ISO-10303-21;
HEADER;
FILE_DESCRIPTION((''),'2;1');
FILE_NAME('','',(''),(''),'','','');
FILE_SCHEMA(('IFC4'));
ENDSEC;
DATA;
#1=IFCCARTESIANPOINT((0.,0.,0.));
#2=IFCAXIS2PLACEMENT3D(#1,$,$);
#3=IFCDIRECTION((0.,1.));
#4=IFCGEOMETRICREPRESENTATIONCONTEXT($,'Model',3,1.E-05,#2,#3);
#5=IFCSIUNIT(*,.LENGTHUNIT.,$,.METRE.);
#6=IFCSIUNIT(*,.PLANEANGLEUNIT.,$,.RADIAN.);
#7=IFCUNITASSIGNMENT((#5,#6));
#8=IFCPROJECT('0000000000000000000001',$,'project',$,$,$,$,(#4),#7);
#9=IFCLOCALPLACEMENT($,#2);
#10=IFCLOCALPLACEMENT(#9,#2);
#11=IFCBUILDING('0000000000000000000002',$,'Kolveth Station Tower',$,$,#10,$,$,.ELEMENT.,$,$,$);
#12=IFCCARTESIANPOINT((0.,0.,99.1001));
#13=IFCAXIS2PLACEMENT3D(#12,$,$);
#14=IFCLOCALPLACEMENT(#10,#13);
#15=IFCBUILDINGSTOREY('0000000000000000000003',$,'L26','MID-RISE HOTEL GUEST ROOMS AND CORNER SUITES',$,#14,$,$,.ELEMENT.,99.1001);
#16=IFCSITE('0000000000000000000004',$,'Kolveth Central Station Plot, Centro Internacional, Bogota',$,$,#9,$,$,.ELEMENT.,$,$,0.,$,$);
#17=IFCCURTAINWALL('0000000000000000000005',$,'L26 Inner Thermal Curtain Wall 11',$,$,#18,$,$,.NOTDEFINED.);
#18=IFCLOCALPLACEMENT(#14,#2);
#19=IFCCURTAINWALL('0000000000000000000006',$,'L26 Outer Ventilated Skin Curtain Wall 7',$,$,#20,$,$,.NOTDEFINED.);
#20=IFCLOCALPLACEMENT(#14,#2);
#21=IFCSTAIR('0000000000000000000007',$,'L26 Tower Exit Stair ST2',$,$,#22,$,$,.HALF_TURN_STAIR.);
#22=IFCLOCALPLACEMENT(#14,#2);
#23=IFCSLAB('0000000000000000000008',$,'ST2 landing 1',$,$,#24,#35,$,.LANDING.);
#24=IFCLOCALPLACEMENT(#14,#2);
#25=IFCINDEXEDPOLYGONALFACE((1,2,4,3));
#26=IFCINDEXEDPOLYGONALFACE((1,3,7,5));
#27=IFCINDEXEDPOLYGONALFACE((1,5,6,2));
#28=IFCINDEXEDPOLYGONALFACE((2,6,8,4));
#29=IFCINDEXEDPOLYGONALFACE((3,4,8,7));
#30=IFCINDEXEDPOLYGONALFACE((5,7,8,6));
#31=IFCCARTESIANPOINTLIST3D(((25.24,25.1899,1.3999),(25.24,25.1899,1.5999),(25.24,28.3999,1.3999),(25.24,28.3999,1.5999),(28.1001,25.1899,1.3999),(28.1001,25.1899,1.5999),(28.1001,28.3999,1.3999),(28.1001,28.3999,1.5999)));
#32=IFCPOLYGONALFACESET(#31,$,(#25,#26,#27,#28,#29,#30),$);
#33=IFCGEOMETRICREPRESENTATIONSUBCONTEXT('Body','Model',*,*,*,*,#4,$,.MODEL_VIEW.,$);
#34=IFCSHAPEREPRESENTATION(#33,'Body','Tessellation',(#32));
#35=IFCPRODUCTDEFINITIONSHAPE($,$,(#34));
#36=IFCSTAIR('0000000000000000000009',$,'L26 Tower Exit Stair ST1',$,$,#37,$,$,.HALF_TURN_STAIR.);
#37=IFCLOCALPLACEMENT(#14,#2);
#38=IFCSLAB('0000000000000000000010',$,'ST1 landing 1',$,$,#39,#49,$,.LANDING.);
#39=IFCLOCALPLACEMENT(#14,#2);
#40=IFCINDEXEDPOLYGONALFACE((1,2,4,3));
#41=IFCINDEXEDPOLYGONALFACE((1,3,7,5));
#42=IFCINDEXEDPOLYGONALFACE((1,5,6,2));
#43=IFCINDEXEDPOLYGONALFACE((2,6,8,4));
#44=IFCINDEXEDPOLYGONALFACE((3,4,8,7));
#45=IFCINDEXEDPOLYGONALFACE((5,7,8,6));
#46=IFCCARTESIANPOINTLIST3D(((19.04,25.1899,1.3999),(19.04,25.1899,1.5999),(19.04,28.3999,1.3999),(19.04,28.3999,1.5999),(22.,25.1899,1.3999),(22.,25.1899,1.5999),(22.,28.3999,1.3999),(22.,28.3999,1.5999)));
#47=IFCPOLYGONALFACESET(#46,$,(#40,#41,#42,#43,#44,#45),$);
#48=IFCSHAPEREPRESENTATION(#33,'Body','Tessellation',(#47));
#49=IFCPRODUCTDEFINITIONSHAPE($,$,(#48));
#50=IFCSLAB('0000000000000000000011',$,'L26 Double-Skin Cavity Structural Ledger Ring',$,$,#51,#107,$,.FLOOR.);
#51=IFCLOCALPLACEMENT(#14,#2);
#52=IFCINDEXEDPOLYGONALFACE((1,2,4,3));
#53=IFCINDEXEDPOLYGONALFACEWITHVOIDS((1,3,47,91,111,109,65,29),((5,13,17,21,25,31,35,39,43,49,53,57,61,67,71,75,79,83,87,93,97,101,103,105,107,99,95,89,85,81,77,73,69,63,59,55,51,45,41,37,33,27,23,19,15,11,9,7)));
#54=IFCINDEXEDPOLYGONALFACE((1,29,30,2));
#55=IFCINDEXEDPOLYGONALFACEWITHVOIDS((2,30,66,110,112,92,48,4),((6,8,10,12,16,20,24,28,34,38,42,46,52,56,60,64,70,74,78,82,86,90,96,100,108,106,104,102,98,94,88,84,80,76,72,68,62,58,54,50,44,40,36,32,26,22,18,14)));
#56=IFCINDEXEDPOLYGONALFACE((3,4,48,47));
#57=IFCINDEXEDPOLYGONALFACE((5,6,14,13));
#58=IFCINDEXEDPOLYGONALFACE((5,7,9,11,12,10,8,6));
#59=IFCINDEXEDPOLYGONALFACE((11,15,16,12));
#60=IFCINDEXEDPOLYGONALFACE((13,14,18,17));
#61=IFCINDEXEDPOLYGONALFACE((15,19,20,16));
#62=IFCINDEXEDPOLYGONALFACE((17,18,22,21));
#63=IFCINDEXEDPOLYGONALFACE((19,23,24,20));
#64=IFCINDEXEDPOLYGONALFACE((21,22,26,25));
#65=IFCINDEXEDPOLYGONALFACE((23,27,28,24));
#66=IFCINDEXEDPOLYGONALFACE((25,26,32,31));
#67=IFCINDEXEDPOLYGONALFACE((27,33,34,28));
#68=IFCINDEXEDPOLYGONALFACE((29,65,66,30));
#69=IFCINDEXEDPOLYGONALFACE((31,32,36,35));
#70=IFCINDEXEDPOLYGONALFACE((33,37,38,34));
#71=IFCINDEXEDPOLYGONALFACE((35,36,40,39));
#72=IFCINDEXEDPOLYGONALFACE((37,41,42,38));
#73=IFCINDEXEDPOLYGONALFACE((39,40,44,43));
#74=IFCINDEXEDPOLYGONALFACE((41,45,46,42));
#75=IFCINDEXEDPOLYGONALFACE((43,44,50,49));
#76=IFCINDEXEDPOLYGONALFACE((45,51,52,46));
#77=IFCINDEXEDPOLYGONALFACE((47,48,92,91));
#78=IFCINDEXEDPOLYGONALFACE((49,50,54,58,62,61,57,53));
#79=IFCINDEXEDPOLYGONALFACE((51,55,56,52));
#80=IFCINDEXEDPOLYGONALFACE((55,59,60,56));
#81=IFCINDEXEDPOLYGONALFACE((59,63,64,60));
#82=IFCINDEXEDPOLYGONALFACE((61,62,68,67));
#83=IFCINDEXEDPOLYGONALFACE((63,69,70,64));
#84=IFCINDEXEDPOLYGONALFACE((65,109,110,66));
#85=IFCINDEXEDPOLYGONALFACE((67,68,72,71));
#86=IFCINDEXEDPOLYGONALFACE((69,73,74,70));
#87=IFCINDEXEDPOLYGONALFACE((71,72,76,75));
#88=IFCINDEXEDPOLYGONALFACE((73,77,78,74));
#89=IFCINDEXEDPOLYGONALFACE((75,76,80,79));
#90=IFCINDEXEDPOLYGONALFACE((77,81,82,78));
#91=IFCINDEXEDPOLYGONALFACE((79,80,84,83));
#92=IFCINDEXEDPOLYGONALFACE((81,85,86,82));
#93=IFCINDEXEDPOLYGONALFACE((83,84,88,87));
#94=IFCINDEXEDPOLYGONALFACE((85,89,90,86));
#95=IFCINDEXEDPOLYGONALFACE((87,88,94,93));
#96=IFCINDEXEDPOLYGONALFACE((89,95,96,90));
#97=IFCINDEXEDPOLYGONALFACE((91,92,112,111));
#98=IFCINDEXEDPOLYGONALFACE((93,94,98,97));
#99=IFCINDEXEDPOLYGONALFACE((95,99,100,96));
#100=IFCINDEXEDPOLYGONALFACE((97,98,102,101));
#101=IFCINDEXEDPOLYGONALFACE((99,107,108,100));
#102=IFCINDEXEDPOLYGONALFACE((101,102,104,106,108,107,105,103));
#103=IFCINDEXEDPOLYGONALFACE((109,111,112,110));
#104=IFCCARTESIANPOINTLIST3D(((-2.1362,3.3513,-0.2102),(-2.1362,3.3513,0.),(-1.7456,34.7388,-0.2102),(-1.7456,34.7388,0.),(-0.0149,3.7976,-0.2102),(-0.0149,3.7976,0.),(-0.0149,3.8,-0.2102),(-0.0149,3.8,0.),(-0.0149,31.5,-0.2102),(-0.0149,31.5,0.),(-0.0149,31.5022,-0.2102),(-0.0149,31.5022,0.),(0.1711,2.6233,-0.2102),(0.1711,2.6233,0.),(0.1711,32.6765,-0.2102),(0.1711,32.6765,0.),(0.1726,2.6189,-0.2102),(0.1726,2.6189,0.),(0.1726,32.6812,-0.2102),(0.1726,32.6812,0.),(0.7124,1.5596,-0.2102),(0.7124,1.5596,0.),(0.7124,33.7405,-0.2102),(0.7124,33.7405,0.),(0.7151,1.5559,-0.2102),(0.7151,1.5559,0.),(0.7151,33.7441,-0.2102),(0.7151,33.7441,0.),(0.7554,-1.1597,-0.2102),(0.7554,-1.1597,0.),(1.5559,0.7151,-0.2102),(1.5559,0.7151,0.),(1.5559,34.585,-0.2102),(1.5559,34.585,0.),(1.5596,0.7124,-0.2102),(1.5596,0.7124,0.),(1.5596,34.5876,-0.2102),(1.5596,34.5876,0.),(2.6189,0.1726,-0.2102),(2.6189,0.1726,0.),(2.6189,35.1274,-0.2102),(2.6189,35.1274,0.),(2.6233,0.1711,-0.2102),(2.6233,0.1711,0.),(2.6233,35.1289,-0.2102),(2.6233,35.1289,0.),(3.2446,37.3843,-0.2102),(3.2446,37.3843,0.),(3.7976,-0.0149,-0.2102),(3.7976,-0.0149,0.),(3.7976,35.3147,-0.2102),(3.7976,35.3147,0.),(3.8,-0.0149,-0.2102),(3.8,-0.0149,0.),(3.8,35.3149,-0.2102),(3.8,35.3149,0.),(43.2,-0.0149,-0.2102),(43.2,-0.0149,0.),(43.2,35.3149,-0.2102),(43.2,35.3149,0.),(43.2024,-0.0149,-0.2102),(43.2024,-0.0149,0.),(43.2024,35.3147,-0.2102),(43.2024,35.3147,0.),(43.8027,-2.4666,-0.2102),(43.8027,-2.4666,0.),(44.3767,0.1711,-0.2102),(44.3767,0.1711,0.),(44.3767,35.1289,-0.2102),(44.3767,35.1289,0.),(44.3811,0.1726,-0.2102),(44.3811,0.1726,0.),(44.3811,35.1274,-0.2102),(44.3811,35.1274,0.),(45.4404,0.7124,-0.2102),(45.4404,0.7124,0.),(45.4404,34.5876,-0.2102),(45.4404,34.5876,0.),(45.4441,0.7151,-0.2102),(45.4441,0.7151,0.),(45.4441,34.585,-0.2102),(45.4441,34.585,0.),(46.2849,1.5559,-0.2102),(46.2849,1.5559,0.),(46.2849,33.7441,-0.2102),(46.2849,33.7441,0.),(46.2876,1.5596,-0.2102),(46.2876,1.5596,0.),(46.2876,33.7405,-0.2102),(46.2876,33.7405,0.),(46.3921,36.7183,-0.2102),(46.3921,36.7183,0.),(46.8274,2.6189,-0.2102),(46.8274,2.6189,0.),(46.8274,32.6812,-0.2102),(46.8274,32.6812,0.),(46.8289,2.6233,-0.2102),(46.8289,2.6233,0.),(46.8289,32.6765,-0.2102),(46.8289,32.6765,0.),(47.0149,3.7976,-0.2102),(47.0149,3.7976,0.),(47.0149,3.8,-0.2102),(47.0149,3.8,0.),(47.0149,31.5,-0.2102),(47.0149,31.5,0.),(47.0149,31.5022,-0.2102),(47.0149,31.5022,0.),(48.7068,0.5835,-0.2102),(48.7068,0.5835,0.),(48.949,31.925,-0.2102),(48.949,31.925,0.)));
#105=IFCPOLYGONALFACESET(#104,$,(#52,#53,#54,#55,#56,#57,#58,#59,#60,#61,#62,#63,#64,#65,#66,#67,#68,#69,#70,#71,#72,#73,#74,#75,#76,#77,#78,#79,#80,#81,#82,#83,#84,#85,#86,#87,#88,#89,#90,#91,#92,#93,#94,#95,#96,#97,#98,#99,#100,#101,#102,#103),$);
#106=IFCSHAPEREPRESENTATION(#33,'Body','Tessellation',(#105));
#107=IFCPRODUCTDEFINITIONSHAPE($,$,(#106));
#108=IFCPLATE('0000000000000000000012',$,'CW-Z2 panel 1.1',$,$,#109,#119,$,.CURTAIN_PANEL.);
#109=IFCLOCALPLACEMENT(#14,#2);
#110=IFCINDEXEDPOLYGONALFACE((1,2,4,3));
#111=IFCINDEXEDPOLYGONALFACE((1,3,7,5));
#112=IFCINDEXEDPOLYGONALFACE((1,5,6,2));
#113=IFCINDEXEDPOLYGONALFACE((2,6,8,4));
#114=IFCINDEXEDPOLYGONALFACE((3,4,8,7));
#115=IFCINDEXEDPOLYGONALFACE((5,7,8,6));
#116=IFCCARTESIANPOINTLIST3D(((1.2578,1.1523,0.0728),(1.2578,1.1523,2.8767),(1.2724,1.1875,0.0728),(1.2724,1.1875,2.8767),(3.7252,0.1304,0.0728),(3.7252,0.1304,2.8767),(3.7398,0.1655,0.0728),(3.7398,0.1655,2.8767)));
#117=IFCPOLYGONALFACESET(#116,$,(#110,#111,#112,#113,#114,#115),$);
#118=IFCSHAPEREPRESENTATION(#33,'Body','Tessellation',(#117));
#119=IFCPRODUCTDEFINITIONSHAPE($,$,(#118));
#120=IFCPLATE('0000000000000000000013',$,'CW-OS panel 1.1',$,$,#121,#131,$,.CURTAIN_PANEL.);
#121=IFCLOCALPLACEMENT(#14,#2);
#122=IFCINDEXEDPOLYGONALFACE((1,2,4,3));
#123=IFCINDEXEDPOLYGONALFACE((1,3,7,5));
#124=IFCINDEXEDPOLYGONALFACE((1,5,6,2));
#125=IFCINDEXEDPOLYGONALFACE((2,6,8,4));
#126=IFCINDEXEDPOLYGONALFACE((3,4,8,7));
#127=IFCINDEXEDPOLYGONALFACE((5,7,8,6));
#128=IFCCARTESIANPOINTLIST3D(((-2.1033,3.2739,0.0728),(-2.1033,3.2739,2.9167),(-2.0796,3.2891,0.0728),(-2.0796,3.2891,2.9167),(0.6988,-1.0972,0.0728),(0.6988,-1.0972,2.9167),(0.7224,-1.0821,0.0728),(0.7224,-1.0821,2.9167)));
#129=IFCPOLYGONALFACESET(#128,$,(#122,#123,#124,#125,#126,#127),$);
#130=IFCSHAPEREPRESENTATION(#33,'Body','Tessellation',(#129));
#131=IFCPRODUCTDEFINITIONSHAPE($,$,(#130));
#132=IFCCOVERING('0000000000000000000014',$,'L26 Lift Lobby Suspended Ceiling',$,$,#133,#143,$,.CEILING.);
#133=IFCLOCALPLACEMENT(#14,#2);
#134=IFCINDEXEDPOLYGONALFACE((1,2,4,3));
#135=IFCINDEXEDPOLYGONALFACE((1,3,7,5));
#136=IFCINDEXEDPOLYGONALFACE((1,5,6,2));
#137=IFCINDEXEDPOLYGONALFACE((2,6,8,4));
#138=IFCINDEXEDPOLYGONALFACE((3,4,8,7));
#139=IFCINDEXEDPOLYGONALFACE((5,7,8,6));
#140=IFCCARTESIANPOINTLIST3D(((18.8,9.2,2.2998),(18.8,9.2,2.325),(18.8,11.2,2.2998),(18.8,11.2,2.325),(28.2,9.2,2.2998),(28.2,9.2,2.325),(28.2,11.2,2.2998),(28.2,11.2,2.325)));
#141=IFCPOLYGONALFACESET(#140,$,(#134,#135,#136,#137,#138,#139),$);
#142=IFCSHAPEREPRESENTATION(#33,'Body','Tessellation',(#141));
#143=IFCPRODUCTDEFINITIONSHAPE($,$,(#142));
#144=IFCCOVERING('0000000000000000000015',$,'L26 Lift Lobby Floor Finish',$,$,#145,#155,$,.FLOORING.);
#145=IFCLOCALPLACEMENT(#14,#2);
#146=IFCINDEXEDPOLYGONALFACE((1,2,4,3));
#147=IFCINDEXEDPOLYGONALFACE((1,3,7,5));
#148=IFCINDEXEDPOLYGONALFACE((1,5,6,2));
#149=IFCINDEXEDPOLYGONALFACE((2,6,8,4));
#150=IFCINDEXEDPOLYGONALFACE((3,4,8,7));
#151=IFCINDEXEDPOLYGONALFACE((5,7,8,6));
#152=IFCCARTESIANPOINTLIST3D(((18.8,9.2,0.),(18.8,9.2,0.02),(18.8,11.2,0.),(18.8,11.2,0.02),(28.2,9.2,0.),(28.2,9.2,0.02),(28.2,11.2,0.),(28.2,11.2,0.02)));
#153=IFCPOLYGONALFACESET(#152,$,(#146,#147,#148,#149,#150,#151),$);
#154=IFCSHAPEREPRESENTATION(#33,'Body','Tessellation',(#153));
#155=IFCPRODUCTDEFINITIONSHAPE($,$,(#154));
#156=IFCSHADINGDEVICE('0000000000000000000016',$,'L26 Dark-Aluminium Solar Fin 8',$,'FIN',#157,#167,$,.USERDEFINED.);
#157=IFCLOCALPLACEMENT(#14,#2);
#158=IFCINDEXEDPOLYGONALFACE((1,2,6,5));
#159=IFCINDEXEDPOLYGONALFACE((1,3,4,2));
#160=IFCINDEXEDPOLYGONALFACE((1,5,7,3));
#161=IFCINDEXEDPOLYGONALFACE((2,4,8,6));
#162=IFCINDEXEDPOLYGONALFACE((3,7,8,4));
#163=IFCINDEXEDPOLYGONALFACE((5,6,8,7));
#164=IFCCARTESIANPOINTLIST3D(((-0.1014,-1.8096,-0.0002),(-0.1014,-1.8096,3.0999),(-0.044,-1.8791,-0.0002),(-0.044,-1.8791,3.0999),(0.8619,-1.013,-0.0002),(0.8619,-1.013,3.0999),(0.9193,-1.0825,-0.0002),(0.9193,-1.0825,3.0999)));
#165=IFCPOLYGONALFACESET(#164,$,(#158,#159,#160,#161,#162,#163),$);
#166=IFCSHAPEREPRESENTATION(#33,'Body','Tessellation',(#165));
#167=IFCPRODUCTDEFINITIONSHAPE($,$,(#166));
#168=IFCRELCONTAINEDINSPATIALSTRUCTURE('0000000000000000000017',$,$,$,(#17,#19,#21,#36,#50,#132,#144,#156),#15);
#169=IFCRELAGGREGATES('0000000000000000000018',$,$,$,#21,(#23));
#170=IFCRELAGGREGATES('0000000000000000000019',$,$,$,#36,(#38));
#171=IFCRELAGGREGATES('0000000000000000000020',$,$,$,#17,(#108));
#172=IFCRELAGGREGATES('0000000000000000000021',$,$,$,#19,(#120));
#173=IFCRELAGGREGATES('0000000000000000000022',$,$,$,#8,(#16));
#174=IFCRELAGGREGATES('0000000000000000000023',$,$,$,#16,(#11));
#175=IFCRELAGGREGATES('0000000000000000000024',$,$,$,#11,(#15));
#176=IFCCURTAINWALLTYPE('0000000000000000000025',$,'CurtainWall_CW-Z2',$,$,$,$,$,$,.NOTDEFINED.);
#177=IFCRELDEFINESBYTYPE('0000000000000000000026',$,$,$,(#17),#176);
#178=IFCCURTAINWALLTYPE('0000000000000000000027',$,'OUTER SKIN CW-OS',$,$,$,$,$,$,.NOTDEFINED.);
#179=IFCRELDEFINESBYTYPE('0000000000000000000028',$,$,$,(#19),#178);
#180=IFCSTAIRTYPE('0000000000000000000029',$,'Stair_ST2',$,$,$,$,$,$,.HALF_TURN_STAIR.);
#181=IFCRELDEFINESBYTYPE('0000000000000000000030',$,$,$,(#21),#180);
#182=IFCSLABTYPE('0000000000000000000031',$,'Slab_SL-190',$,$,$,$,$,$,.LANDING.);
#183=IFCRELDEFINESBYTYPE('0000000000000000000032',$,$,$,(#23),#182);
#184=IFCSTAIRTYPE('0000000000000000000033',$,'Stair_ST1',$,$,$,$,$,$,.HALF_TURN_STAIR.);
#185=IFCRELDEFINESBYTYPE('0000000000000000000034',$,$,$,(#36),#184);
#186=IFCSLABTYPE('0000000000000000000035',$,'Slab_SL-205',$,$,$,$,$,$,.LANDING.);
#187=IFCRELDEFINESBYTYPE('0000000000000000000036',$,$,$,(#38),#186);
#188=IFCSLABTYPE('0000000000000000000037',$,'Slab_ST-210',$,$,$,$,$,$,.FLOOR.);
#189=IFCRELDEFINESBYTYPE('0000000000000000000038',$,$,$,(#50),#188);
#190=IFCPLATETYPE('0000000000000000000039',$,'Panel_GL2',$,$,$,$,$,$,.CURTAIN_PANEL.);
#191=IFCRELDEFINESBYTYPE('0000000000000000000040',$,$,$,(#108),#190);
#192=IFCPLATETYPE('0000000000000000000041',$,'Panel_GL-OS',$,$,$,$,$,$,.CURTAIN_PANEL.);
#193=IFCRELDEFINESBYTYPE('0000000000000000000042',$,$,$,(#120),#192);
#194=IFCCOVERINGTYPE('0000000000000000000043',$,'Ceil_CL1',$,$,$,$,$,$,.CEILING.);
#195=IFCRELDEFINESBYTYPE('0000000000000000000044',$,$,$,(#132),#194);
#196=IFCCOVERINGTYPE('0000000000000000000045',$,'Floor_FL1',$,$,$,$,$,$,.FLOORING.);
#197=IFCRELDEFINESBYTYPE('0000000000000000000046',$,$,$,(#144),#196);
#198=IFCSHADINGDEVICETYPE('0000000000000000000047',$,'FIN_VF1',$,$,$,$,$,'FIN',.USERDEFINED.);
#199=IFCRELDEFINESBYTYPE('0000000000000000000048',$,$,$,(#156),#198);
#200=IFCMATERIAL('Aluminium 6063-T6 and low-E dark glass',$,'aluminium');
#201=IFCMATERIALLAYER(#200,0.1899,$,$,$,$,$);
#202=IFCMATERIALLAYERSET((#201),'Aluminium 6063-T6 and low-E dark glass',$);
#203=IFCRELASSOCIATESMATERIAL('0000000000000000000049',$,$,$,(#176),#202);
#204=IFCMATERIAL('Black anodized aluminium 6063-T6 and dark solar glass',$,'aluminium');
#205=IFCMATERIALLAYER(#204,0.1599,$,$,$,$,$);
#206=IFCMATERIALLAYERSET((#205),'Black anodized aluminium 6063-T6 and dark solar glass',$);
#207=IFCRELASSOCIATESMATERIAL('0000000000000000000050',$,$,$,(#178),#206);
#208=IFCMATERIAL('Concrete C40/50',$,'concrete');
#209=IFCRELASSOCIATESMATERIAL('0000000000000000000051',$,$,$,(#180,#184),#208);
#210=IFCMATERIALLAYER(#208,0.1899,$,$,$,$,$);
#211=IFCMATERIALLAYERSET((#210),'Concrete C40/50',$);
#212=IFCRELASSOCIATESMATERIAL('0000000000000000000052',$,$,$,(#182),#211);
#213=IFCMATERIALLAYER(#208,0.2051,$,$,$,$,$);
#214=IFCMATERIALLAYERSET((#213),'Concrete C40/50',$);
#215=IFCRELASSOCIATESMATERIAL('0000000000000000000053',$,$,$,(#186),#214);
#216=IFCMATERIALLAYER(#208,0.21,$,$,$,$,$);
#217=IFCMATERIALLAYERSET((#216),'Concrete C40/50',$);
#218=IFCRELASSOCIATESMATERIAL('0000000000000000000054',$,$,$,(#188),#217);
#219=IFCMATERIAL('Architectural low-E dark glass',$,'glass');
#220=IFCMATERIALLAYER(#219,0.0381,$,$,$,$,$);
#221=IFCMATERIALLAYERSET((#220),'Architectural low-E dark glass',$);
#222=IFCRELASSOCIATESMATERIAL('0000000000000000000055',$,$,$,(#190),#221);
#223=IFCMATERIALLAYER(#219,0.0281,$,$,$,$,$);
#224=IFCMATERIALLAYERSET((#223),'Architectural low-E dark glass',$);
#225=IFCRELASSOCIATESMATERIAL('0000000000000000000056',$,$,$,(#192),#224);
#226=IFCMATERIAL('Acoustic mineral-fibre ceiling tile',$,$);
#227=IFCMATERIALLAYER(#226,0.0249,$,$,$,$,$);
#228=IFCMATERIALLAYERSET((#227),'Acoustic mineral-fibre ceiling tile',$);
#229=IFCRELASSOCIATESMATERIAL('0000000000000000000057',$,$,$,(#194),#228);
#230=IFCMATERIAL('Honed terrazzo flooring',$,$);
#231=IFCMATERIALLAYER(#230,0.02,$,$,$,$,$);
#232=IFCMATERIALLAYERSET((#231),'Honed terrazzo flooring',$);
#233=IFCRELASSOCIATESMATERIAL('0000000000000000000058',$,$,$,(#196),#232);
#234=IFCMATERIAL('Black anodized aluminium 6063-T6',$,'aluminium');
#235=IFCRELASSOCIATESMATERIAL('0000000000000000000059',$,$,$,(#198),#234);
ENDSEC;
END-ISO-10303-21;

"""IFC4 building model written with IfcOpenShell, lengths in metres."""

from ifc_helpers import new_model, si_unit, direction, frame, origin, origin_2d, place, context, subcontext, project, spatial, polyline, rectangle, outline, extrude, source, transform, mapped, material, layer, layer_set, type_object, element, aggregate, save


model = new_model("IFC4")

# Units and contexts
model_context = context("Model", 3, precision=1e-05, world=origin(), true_north=direction((0.0, 1.0)))
body_context = subcontext(model_context, "Body", "Model", "MODEL_VIEW")
ifc_project = project(units=[si_unit("LENGTHUNIT", "METRE"), si_unit("PLANEANGLEUNIT", "RADIAN")], contexts=[model_context])

# Site, building, storey
site_placement = place(None, origin())
site = spatial("IfcSite", under=ifc_project, at=site_placement, Name="Kolveth Central Station Plot, Centro Internacional, Bogota", CompositionType="ELEMENT", RefElevation=0.0)
building_placement = place(site_placement, origin())
building = spatial("IfcBuilding", under=site, at=building_placement, Name="Kolveth Station Tower", CompositionType="ELEMENT")
storey_placement = place(building_placement, frame((0.0, 0.0, 99.1001)))
storey = spatial("IfcBuildingStorey", under=building, at=storey_placement, Name="L26", Description="MID-RISE HOTEL GUEST ROOMS AND CORNER SUITES", CompositionType="ELEMENT", Elevation=99.1001)

# Shared definitions
ifc_material_1 = material(Name="Aluminium 6063-T6 and low-E dark glass", Category="aluminium")
ifc_layer_1 = layer(ifc_material_1, 0.1899)
ifc_layer_set_1 = layer_set([ifc_layer_1], Name="Aluminium 6063-T6 and low-E dark glass")
curtain_wall_type_1 = type_object("IfcCurtainWallType", Name="CurtainWall_CW-Z2", PredefinedType="NOTDEFINED", material=ifc_layer_set_1)
ifc_material_2 = material(Name="Black anodized aluminium 6063-T6", Category="aluminium")

# Curtain wall
curtain_wall_1_placement = place(storey_placement, origin())
curtain_wall_1 = element("IfcCurtainWall", 1, at=curtain_wall_1_placement, inside=storey, type_object=curtain_wall_type_1, Name="L26 Inner Thermal Curtain Wall 11", PredefinedType="NOTDEFINED")

# Curtain wall
ifc_material_3 = material(Name="Black anodized aluminium 6063-T6 and dark solar glass", Category="aluminium")
ifc_layer_2 = layer(ifc_material_3, 0.1599)
ifc_layer_set_2 = layer_set([ifc_layer_2], Name="Black anodized aluminium 6063-T6 and dark solar glass")
curtain_wall_type_2 = type_object("IfcCurtainWallType", Name="OUTER SKIN CW-OS", PredefinedType="NOTDEFINED", material=ifc_layer_set_2)
curtain_wall_2_placement = place(storey_placement, origin())
curtain_wall_2 = element("IfcCurtainWall", 2, at=curtain_wall_2_placement, inside=storey, type_object=curtain_wall_type_2, Name="L26 Outer Ventilated Skin Curtain Wall 7", PredefinedType="NOTDEFINED")

# Shared definitions
ifc_material_4 = material(Name="Concrete C40/50", Category="concrete")

# Stairs, slabs
stair_type_1 = type_object("IfcStairType", Name="Stair_ST2", PredefinedType="HALF_TURN_STAIR", material=ifc_material_4)
stair_1_placement = place(storey_placement, origin())
stair_1 = element("IfcStair", 3, at=stair_1_placement, inside=storey, type_object=stair_type_1, Name="L26 Tower Exit Stair ST2", PredefinedType="HALF_TURN_STAIR")
ifc_layer_3 = layer(ifc_material_4, 0.1899)
ifc_layer_set_3 = layer_set([ifc_layer_3], Name="Concrete C40/50")
slab_type_1 = type_object("IfcSlabType", Name="Slab_SL-190", PredefinedType="LANDING", material=ifc_layer_set_3)
slab_1_placement = place(storey_placement, frame((0.0, 0.0, 1.3999)))
slab_1 = element("IfcSlab", 4, at=slab_1_placement, type_object=slab_type_1, Name="ST2 landing 1", PredefinedType="LANDING", context=body_context, shape_type="SweptSolid", body=[
    extrude(outline(polyline([(28.1001, 25.1899), (28.1001, 28.3999), (25.24, 28.3999), (25.24, 25.1899), (28.1001, 25.1899)])), origin(), (0.0, 0.0, 1.0), 0.2),
])
aggregate(stair_1, [slab_1])
stair_type_2 = type_object("IfcStairType", Name="Stair_ST1", PredefinedType="HALF_TURN_STAIR", material=ifc_material_4)
stair_2_placement = place(storey_placement, origin())
stair_2 = element("IfcStair", 5, at=stair_2_placement, inside=storey, type_object=stair_type_2, Name="L26 Tower Exit Stair ST1", PredefinedType="HALF_TURN_STAIR")
ifc_layer_4 = layer(ifc_material_4, 0.2051)
ifc_layer_set_4 = layer_set([ifc_layer_4], Name="Concrete C40/50")
slab_type_2 = type_object("IfcSlabType", Name="Slab_SL-205", PredefinedType="LANDING", material=ifc_layer_set_4)
slab_2_placement = place(storey_placement, frame((0.0, 0.0, 1.3999)))
slab_2 = element("IfcSlab", 6, at=slab_2_placement, type_object=slab_type_2, Name="ST1 landing 1", PredefinedType="LANDING", context=body_context, shape_type="SweptSolid", body=[
    extrude(outline(polyline([(22.0, 25.1899), (22.0, 28.3999), (19.04, 28.3999), (19.04, 25.1899), (22.0, 25.1899)])), origin(), (0.0, 0.0, 1.0), 0.2),
])
aggregate(stair_2, [slab_2])

# Slab
ifc_layer_5 = layer(ifc_material_4, 0.21)
ifc_layer_set_5 = layer_set([ifc_layer_5], Name="Concrete C40/50")
slab_type_3 = type_object("IfcSlabType", Name="Slab_ST-210", PredefinedType="FLOOR", material=ifc_layer_set_5)
slab_3_placement = place(storey_placement, frame((0.0, 0.0, -0.2102)))
element("IfcSlab", 7, at=slab_3_placement, inside=storey, type_object=slab_type_3, Name="L26 Double-Skin Cavity Structural Ledger Ring", PredefinedType="FLOOR", context=body_context, shape_type="SweptSolid", body=[
    extrude(outline(polyline([(0.7554, -1.1597), (-2.1362, 3.3513), (-1.7456, 34.7388), (3.2446, 37.3843), (46.3921, 36.7183), (48.949, 31.925), (48.7068, 0.5835), (43.8027, -2.4666), (0.7554, -1.1597)]), holes=[polyline([(43.2024, -0.0149), (44.3767, 0.1711), (44.3811, 0.1726), (45.4404, 0.7124), (45.4441, 0.7151), (46.2849, 1.5559), (46.2876, 1.5596), (46.8274, 2.6189), (46.8289, 2.6233), (47.0149, 3.7976), (47.0149, 3.8), (47.0149, 31.5), (47.0149, 31.5022), (46.8289, 32.6765), (46.8274, 32.6812), (46.2876, 33.7405), (46.2849, 33.7441), (45.4441, 34.585), (45.4404, 34.5876), (44.3811, 35.1274), (44.3767, 35.1289), (43.2024, 35.3147), (43.2, 35.3149), (3.8, 35.3149), (3.7976, 35.3147), (2.6233, 35.1289), (2.6189, 35.1274), (1.5596, 34.5876), (1.5559, 34.585), (0.7151, 33.7441), (0.7124, 33.7405), (0.1726, 32.6812), (0.1711, 32.6765), (-0.0149, 31.5022), (-0.0149, 31.5), (-0.0149, 3.8), (-0.0149, 3.7976), (0.1711, 2.6233), (0.1726, 2.6189), (0.7124, 1.5596), (0.7151, 1.5559), (1.5559, 0.7151), (1.5596, 0.7124), (2.6189, 0.1726), (2.6233, 0.1711), (3.7976, -0.0149), (3.8, -0.0149), (43.2, -0.0149), (43.2024, -0.0149)])]), origin(), (0.0, 0.0, 1.0), 0.2102),
])

# Plates
ifc_material_5 = material(Name="Architectural low-E dark glass", Category="glass")
ifc_layer_6 = layer(ifc_material_5, 0.0381)
ifc_layer_set_6 = layer_set([ifc_layer_6], Name="Architectural low-E dark glass")
plate_type_1 = type_object("IfcPlateType", Name="Panel_GL2", PredefinedType="CURTAIN_PANEL", material=ifc_layer_set_6)
shared_shape_1 = source(origin(), body_context, "Body", "SweptSolid", [
    extrude(rectangle(XDim=2.6707, YDim=0.0381, at=origin_2d()), origin(), (0.0, 0.0, 1.0), 2.804),
])
plate_1_placement = place(storey_placement, frame((2.4988, 0.6589, 0.0728), z_axis=(0.0, 0.0, 1.0), x_axis=(0.923888, -0.382663, 0.0)))
plate_1 = element("IfcPlate", 8, at=plate_1_placement, type_object=plate_type_1, Name="CW-Z2 panel 1.1", PredefinedType="CURTAIN_PANEL", context=body_context, shape_type="MappedRepresentation", body=[
    mapped(shared_shape_1, transform((0.0, 0.0, 0.0), x_axis=(1.0, 0.0, 0.0), y_axis=(0.0, 1.0, 0.0), z_axis=(0.0, 0.0, 1.0), scale=1.0)),
])
aggregate(curtain_wall_1, [plate_1])
ifc_layer_7 = layer(ifc_material_5, 0.0281)
ifc_layer_set_7 = layer_set([ifc_layer_7], Name="Architectural low-E dark glass")
plate_type_2 = type_object("IfcPlateType", Name="Panel_GL-OS", PredefinedType="CURTAIN_PANEL", material=ifc_layer_set_7)
shared_shape_2 = source(origin(), body_context, "Body", "SweptSolid", [
    extrude(rectangle(XDim=5.1921, YDim=0.0281, at=origin_2d()), origin(), (0.0, 0.0, 1.0), 2.844),
])
plate_2_placement = place(storey_placement, frame((-0.6904, 1.0959, 0.0728), z_axis=(0.0, 0.0, 1.0), x_axis=(0.539666, -0.841879, 0.0)))
plate_2 = element("IfcPlate", 9, at=plate_2_placement, type_object=plate_type_2, Name="CW-OS panel 1.1", PredefinedType="CURTAIN_PANEL", context=body_context, shape_type="MappedRepresentation", body=[
    mapped(shared_shape_2, transform((0.0, 0.0, 0.0), x_axis=(1.0, 0.0, 0.0), y_axis=(0.0, 1.0, 0.0), z_axis=(0.0, 0.0, 1.0), scale=1.0)),
])
aggregate(curtain_wall_2, [plate_2])

# Coverings
ifc_material_6 = material(Name="Acoustic mineral-fibre ceiling tile")
ifc_layer_8 = layer(ifc_material_6, 0.0249)
ifc_layer_set_8 = layer_set([ifc_layer_8], Name="Acoustic mineral-fibre ceiling tile")
covering_type_1 = type_object("IfcCoveringType", Name="Ceil_CL1", PredefinedType="CEILING", material=ifc_layer_set_8)
covering_1_placement = place(storey_placement, frame((0.0, 0.0, 2.2998)))
element("IfcCovering", 10, at=covering_1_placement, inside=storey, type_object=covering_type_1, Name="L26 Lift Lobby Suspended Ceiling", PredefinedType="CEILING", context=body_context, shape_type="SweptSolid", body=[
    extrude(outline(polyline([(18.8, 9.2), (28.2, 9.2), (28.2, 11.2), (18.8, 11.2), (18.8, 9.2)])), origin(), (0.0, 0.0, 1.0), 0.0251),
])
ifc_material_7 = material(Name="Honed terrazzo flooring")
ifc_layer_9 = layer(ifc_material_7, 0.02)
ifc_layer_set_9 = layer_set([ifc_layer_9], Name="Honed terrazzo flooring")
covering_type_2 = type_object("IfcCoveringType", Name="Floor_FL1", PredefinedType="FLOORING", material=ifc_layer_set_9)
covering_2_placement = place(storey_placement, origin())
element("IfcCovering", 11, at=covering_2_placement, inside=storey, type_object=covering_type_2, Name="L26 Lift Lobby Floor Finish", PredefinedType="FLOORING", context=body_context, shape_type="SweptSolid", body=[
    extrude(outline(polyline([(18.8, 9.2), (28.2, 9.2), (28.2, 11.2), (18.8, 11.2), (18.8, 9.2)])), origin(), (0.0, 0.0, 1.0), 0.02),
])

# Shading device
shading_device_type = type_object("IfcShadingDeviceType", Name="FIN_VF1", ElementType="FIN", PredefinedType="USERDEFINED", material=ifc_material_2)
shared_shape_3 = source(origin(), body_context, "Body", "SweptSolid", [
    extrude(rectangle(XDim=1.25, YDim=0.0901, at=origin_2d()), origin(), (0.0, 0.0, 1.0), 3.1001),
])
shading_device_placement = place(storey_placement, frame((0.4089, -1.446, -0.0002), z_axis=(0.0, 0.0, 1.0), x_axis=(-0.770624, -0.63729, 0.0)))
element("IfcShadingDevice", 12, at=shading_device_placement, inside=storey, type_object=shading_device_type, Name="L26 Dark-Aluminium Solar Fin 8", ObjectType="FIN", PredefinedType="USERDEFINED", context=body_context, shape_type="MappedRepresentation", body=[
    mapped(shared_shape_3, transform((0.0, 0.0, 0.0), x_axis=(1.0, 0.0, 0.0), y_axis=(0.0, 1.0, 0.0), z_axis=(0.0, 0.0, 1.0), scale=1.0)),
])

save(model, "model.ifc")
